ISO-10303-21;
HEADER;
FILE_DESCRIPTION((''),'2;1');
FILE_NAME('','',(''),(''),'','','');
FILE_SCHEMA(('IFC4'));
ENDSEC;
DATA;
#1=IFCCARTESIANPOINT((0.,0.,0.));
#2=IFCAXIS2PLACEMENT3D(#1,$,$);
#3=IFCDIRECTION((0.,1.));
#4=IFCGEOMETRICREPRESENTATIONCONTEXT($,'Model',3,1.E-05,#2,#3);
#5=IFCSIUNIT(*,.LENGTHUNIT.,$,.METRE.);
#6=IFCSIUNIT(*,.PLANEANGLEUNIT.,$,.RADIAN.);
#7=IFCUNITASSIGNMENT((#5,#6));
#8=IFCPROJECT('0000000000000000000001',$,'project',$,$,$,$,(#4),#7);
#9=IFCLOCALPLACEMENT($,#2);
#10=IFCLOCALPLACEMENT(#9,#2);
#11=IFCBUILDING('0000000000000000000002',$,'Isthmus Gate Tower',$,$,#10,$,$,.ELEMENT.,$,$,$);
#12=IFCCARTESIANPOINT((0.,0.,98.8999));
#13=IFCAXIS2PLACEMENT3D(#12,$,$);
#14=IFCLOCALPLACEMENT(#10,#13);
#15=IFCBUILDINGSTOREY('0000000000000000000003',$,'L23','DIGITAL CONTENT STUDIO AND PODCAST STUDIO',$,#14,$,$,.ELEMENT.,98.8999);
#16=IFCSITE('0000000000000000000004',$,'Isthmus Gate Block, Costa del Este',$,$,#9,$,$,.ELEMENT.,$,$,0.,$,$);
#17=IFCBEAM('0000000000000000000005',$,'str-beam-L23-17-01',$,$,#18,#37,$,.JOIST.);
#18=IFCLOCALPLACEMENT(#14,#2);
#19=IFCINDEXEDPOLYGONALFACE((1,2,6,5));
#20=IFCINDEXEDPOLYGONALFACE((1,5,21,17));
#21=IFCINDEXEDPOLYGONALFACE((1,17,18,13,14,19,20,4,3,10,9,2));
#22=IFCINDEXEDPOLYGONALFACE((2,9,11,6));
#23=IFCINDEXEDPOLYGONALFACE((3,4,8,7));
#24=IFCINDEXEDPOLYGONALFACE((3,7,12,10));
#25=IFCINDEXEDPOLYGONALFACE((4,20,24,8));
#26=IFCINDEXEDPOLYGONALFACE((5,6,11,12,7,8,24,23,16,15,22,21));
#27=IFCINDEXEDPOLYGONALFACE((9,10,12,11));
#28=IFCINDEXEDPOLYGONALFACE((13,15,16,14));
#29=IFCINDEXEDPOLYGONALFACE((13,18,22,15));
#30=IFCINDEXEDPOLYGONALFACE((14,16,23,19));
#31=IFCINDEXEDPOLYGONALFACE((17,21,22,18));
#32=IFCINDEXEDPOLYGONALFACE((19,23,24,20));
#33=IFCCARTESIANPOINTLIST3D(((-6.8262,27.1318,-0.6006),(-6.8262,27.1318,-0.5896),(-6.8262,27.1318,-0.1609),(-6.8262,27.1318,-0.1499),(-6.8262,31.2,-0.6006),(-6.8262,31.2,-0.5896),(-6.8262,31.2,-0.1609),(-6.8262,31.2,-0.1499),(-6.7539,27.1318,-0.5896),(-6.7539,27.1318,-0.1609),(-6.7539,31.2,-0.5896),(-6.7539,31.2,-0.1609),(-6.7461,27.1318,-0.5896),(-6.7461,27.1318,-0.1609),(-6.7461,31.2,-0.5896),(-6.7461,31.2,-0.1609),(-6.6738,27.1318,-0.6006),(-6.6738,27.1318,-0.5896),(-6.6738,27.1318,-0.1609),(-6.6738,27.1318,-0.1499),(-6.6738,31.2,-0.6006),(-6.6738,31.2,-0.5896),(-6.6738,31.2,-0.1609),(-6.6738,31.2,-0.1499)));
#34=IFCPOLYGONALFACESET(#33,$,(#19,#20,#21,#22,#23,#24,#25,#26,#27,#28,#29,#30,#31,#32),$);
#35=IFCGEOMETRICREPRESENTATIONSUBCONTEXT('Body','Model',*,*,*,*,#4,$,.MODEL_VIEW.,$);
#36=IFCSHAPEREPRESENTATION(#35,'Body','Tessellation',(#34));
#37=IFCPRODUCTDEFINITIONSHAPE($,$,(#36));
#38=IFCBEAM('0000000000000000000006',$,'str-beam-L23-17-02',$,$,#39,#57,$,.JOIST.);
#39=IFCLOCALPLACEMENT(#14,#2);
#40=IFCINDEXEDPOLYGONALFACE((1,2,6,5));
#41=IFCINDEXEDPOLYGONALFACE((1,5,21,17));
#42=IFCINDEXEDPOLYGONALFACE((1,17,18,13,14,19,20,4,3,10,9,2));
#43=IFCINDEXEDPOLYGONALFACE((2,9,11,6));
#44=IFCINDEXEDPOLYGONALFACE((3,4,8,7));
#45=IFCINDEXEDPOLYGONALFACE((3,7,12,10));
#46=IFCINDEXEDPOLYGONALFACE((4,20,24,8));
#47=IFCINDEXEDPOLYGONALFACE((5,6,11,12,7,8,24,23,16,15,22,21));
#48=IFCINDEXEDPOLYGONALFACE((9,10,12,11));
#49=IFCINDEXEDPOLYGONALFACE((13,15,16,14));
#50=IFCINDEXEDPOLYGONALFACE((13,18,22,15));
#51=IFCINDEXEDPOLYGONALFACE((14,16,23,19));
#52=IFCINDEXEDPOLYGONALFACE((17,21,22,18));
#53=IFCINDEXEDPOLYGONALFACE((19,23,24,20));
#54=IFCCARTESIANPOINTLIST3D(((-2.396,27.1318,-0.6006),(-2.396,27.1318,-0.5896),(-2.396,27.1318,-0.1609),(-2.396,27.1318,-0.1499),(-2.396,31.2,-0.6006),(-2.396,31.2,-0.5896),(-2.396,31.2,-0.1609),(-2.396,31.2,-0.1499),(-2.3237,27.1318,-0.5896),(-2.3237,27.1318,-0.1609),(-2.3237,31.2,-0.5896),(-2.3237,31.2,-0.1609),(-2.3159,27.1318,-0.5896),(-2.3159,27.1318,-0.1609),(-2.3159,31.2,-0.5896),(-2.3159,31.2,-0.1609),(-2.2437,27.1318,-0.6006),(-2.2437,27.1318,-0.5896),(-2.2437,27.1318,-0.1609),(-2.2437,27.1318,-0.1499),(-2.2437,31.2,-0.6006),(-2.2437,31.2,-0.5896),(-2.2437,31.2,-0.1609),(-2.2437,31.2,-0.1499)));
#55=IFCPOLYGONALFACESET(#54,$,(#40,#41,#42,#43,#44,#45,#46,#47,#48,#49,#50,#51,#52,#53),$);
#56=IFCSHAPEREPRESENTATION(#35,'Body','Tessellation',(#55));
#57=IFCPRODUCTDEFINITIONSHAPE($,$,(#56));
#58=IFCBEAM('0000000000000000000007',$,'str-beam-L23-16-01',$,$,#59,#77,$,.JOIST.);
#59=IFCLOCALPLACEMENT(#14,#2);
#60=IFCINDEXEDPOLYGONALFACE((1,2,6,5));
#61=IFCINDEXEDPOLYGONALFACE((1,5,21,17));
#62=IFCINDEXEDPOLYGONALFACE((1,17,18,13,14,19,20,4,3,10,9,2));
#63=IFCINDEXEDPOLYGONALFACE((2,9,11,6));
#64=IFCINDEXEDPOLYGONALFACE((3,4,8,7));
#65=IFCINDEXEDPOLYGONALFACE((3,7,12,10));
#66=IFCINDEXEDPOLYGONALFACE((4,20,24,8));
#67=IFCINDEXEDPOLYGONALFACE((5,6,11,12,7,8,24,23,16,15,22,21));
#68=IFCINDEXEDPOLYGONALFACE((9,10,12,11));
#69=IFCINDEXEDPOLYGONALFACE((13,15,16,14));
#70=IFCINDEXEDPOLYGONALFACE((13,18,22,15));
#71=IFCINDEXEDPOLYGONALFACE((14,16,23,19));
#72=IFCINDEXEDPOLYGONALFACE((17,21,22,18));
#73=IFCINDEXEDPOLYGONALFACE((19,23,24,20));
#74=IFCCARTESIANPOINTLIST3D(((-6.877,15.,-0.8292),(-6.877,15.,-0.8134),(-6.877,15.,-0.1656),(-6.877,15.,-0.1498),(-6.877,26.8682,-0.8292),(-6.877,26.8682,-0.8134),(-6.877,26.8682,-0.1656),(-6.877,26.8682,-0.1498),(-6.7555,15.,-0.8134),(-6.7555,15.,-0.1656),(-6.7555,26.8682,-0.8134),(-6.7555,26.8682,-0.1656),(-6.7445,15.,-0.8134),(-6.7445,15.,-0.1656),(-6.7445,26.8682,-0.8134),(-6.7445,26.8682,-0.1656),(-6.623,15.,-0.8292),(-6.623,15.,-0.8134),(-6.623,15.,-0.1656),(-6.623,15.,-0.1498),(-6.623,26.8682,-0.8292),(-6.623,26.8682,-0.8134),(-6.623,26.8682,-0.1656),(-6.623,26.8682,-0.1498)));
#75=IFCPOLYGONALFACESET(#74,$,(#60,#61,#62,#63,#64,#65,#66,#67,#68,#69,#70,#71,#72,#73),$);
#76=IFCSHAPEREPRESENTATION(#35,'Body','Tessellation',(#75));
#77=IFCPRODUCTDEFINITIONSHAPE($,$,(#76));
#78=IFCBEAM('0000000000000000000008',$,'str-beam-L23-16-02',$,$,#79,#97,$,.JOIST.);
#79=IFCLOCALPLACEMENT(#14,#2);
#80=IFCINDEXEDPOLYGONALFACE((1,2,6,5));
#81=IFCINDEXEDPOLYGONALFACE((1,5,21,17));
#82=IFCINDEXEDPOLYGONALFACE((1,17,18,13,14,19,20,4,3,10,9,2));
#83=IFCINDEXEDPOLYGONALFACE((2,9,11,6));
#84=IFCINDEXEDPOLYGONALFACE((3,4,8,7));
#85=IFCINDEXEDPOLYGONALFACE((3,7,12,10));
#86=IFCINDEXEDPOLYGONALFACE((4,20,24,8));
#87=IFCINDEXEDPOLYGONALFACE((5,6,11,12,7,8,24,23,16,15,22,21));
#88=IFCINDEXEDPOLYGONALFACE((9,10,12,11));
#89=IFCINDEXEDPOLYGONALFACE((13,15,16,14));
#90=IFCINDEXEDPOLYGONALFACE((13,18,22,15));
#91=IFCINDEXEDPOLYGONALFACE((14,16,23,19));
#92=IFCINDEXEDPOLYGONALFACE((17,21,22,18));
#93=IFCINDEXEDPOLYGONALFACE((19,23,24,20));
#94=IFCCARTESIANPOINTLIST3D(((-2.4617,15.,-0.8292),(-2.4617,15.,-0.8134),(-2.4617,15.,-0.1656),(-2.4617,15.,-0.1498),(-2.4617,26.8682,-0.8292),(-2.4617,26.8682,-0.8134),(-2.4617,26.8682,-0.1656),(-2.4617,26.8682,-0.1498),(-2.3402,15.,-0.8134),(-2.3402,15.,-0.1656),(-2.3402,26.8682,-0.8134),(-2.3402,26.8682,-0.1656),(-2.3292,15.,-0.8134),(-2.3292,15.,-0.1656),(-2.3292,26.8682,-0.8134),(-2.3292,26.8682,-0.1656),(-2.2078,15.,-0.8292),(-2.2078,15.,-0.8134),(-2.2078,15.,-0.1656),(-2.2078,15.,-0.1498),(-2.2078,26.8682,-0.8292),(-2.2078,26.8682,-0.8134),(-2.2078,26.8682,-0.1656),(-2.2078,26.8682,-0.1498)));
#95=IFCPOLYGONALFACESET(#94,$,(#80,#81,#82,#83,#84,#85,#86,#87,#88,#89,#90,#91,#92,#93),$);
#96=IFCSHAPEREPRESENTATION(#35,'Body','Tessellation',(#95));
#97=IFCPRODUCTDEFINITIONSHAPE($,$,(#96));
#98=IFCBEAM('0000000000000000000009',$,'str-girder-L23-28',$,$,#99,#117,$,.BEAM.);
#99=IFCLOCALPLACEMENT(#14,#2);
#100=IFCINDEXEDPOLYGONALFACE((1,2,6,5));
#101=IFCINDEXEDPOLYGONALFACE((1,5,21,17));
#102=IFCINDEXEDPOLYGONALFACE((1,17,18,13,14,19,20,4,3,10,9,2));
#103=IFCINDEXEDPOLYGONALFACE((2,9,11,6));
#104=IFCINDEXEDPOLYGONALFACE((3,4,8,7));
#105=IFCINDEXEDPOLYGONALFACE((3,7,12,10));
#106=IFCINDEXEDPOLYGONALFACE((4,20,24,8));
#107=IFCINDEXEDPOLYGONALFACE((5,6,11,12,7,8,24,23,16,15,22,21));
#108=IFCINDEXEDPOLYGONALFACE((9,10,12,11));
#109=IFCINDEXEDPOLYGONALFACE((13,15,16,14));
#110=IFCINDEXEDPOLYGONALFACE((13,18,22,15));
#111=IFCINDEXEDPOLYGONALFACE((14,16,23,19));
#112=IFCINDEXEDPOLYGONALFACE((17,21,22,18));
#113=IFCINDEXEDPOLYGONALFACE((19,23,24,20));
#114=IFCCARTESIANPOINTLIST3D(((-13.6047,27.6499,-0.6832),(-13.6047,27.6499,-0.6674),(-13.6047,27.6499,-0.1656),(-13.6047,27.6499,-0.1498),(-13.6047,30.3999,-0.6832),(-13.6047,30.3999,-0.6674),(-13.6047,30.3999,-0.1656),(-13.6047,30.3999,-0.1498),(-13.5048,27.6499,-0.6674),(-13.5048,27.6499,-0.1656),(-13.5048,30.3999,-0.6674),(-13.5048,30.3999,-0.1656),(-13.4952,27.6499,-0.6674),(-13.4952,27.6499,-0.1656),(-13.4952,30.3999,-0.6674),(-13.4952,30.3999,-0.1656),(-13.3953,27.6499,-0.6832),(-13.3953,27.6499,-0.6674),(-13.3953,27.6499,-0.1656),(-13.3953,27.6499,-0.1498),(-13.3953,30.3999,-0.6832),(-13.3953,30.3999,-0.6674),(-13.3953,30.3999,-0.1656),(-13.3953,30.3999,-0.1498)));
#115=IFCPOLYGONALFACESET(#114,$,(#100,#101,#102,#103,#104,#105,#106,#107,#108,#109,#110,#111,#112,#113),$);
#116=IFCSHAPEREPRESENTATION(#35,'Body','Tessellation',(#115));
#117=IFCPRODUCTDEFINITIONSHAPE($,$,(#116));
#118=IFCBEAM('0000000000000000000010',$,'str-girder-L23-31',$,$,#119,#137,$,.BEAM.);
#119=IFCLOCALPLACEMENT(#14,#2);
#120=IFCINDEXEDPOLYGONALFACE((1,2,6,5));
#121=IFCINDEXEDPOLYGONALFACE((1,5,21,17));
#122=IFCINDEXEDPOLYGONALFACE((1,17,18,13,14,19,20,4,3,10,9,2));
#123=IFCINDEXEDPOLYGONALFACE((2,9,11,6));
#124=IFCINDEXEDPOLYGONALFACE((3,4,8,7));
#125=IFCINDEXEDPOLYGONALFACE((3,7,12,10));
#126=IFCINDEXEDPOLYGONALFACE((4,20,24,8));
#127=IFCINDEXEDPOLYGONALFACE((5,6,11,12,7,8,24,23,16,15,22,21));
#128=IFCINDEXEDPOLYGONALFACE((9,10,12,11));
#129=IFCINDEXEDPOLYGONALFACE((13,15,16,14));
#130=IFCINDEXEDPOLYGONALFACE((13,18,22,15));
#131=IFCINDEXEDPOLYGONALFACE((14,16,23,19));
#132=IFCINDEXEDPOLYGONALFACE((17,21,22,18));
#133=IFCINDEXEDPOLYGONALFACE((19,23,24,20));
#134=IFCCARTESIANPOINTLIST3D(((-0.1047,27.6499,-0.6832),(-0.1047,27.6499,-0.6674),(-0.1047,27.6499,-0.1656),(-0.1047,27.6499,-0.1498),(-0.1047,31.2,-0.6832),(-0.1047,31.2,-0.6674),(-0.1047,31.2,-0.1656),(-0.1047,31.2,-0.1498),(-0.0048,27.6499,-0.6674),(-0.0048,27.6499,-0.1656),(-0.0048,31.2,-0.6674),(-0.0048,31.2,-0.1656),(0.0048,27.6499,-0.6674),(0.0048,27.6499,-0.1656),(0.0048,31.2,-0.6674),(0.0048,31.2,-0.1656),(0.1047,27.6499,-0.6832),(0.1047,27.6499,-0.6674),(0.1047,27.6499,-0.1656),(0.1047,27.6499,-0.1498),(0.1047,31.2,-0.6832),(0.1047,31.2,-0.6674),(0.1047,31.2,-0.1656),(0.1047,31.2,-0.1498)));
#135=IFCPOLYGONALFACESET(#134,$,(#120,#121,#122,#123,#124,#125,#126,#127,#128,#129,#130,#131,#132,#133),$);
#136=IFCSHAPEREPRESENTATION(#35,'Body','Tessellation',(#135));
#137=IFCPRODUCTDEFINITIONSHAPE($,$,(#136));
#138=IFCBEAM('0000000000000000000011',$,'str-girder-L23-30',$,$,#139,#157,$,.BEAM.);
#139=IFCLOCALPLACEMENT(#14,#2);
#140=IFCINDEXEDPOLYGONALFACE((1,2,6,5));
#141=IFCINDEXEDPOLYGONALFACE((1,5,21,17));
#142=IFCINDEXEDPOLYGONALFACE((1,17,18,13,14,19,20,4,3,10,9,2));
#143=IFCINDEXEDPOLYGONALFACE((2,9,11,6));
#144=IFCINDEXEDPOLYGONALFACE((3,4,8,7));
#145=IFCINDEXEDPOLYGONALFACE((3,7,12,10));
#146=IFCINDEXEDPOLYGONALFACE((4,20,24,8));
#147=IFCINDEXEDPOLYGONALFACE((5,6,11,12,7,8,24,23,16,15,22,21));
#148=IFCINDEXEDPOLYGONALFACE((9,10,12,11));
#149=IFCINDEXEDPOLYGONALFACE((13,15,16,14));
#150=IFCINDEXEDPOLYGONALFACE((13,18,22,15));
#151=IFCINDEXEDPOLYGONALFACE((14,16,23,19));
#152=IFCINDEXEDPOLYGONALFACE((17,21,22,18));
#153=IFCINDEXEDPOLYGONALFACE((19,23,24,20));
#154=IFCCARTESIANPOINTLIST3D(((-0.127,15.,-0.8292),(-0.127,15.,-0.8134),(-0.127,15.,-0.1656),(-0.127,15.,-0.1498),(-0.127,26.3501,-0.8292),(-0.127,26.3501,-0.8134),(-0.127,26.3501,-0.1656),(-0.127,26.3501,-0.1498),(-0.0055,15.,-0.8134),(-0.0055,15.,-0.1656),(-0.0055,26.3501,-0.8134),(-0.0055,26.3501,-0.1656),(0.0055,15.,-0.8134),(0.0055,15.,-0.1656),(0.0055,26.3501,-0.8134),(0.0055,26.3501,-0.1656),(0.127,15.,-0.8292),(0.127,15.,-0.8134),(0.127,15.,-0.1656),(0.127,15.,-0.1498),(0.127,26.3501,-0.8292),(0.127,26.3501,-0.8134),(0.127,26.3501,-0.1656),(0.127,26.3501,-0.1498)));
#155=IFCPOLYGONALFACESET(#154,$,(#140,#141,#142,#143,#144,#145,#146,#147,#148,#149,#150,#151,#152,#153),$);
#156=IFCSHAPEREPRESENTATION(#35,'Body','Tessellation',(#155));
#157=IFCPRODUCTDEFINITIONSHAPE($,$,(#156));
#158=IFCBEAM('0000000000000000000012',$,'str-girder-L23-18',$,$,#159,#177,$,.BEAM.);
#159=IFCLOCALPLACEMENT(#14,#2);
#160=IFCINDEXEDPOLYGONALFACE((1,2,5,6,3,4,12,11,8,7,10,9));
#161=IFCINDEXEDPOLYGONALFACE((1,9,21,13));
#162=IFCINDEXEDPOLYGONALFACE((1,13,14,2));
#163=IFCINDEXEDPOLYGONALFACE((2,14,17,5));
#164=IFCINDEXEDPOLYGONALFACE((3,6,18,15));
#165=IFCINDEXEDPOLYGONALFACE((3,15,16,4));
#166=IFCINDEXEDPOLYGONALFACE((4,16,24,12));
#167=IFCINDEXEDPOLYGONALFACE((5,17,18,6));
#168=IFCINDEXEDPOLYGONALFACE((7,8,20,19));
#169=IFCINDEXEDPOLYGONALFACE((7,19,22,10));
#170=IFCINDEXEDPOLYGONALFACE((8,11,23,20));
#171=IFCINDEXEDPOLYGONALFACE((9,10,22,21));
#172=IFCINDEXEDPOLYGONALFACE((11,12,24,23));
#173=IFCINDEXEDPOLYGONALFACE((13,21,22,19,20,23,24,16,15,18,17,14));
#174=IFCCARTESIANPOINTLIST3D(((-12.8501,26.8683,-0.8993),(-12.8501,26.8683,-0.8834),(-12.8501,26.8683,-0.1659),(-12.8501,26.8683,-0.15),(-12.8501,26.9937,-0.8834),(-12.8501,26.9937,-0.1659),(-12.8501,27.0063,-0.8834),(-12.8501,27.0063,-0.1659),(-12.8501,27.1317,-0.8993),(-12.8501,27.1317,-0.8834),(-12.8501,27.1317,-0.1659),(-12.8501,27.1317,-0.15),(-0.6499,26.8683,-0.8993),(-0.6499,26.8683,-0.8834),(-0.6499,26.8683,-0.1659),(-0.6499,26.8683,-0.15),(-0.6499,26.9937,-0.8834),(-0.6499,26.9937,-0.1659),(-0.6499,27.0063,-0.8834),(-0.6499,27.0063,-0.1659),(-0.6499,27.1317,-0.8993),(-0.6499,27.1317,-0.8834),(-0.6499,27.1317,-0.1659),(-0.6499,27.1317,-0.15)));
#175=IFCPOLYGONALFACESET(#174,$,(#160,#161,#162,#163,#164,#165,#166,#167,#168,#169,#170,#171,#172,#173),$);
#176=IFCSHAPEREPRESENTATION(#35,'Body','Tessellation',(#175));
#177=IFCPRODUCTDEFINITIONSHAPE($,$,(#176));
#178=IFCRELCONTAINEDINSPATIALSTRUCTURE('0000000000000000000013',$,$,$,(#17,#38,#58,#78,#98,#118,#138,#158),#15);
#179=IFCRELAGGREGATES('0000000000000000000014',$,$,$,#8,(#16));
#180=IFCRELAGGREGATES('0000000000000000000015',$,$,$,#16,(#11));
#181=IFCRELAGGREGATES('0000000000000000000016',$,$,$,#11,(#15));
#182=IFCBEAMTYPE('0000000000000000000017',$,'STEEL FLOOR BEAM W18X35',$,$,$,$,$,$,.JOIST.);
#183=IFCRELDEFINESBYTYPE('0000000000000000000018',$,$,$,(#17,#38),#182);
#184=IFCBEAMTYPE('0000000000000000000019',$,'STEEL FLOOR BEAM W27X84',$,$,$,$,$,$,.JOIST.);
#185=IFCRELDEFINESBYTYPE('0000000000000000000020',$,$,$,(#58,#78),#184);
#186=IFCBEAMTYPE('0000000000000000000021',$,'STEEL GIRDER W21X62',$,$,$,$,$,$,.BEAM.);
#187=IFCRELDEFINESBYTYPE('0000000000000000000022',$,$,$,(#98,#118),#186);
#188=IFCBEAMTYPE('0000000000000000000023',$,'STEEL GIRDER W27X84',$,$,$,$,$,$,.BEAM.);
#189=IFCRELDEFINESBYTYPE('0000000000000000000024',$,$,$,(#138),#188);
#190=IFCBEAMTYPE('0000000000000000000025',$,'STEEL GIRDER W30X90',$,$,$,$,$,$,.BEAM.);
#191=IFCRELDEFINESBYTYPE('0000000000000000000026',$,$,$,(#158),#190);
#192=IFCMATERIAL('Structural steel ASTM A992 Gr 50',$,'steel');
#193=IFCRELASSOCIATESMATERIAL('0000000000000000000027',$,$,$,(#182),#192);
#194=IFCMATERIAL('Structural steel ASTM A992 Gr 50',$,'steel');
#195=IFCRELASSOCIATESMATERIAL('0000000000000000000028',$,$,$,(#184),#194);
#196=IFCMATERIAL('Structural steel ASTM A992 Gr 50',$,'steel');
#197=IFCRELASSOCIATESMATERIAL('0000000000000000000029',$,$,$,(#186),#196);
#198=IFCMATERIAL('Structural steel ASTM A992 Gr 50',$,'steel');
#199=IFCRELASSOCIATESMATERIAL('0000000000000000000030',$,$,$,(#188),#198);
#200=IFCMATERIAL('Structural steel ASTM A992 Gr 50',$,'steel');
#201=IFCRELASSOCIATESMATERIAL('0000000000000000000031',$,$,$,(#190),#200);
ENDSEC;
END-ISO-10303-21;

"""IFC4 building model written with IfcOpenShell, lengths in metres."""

from ifc_helpers import new_model, si_unit, direction, frame, origin, origin_2d, place, context, subcontext, project, spatial, i_section, extrude, material, material_profile, profile_set, type_object, element, save


model = new_model("IFC4")

# Units and contexts
model_context = context("Model", 3, precision=1e-05, world=origin(), true_north=direction((0.0, 1.0)))
body_context = subcontext(model_context, "Body", "Model", "MODEL_VIEW")
ifc_project = project(units=[si_unit("LENGTHUNIT", "METRE"), si_unit("PLANEANGLEUNIT", "RADIAN")], contexts=[model_context])

# Site, building, storey
site_placement = place(None, origin())
site = spatial("IfcSite", under=ifc_project, at=site_placement, Name="Isthmus Gate Block, Costa del Este", CompositionType="ELEMENT", RefElevation=0.0)
building_placement = place(site_placement, origin())
building = spatial("IfcBuilding", under=site, at=building_placement, Name="Isthmus Gate Tower", CompositionType="ELEMENT")
storey_placement = place(building_placement, frame((0.0, 0.0, 98.8999)))
storey = spatial("IfcBuildingStorey", under=building, at=storey_placement, Name="L23", Description="DIGITAL CONTENT STUDIO AND PODCAST STUDIO", CompositionType="ELEMENT", Elevation=98.8999)

# Beams
ifc_material_1 = material(Name="Structural steel ASTM A992 Gr 50", Category="steel")
ifc_material_profile_1 = material_profile(ifc_material_1, i_section(OverallWidth=0.1523, OverallDepth=0.4507, WebThickness=0.0078, FlangeThickness=0.011, at=origin_2d()), Name="W18X35")
ifc_profile_set_1 = profile_set([ifc_material_profile_1], Name="Structural steel ASTM A992 Gr 50")
beam_type_1 = type_object("IfcBeamType", Name="STEEL FLOOR BEAM W18X35", PredefinedType="JOIST", material=ifc_profile_set_1)
for number, where, z_axis, x_axis, name in (
    (1, (-6.75, 27.1318, -0.3752), (0.0, 1.0, 0.0), (-1.0, 0.0, 0.0), "str-beam-L23-17-01"),
    (2, (-2.3198, 27.1318, -0.3752), (0.0, 1.0, 0.0), (-1.0, 0.0, 0.0), "str-beam-L23-17-02"),
):
    element("IfcBeam", number, at=place(storey_placement, frame(where, z_axis=z_axis, x_axis=x_axis)), inside=storey, type_object=beam_type_1, Name=name, PredefinedType="JOIST", context=body_context, shape_type="SweptSolid", body=[
        extrude(i_section(OverallWidth=0.1523, OverallDepth=0.4507, WebThickness=0.0078, FlangeThickness=0.011, at=origin_2d()), origin(), (0.0, 0.0, 1.0), 4.0681),
    ])
ifc_material_2 = material(Name="Structural steel ASTM A992 Gr 50", Category="steel")
ifc_material_profile_2 = material_profile(ifc_material_2, i_section(OverallWidth=0.2539, OverallDepth=0.6794, WebThickness=0.011, FlangeThickness=0.0159, at=origin_2d()), Name="W27X84")
ifc_profile_set_2 = profile_set([ifc_material_profile_2], Name="Structural steel ASTM A992 Gr 50")
beam_type_2 = type_object("IfcBeamType", Name="STEEL FLOOR BEAM W27X84", PredefinedType="JOIST", material=ifc_profile_set_2)
for number, where, z_axis, x_axis, name in (
    (3, (-6.75, 15.0, -0.4895), (0.0, 1.0, 0.0), (-1.0, 0.0, 0.0), "str-beam-L23-16-01"),
    (4, (-2.3347, 15.0, -0.4895), (0.0, 1.0, 0.0), (-1.0, 0.0, 0.0), "str-beam-L23-16-02"),
):
    element("IfcBeam", number, at=place(storey_placement, frame(where, z_axis=z_axis, x_axis=x_axis)), inside=storey, type_object=beam_type_2, Name=name, PredefinedType="JOIST", context=body_context, shape_type="SweptSolid", body=[
        extrude(i_section(OverallWidth=0.2539, OverallDepth=0.6794, WebThickness=0.011, FlangeThickness=0.0159, at=origin_2d()), origin(), (0.0, 0.0, 1.0), 11.8682),
    ])
ifc_material_3 = material(Name="Structural steel ASTM A992 Gr 50", Category="steel")
ifc_material_profile_3 = material_profile(ifc_material_3, i_section(OverallWidth=0.2095, OverallDepth=0.5334, WebThickness=0.0095, FlangeThickness=0.0159, at=origin_2d()), Name="W21X62")
ifc_profile_set_3 = profile_set([ifc_material_profile_3], Name="Structural steel ASTM A992 Gr 50")
beam_type_3 = type_object("IfcBeamType", Name="STEEL GIRDER W21X62", PredefinedType="BEAM", material=ifc_profile_set_3)
beam_1_placement = place(storey_placement, frame((-13.5, 27.6499, -0.4165), z_axis=(0.0, 1.0, 0.0), x_axis=(-1.0, 0.0, 0.0)))
element("IfcBeam", 5, at=beam_1_placement, inside=storey, type_object=beam_type_3, Name="str-girder-L23-28", PredefinedType="BEAM", context=body_context, shape_type="SweptSolid", body=[
    extrude(i_section(OverallWidth=0.2095, OverallDepth=0.5334, WebThickness=0.0095, FlangeThickness=0.0159, at=origin_2d()), origin(), (0.0, 0.0, 1.0), 2.75),
])
beam_2_placement = place(storey_placement, frame((0.0, 27.6499, -0.4165), z_axis=(0.0, 1.0, 0.0), x_axis=(-1.0, 0.0, 0.0)))
element("IfcBeam", 6, at=beam_2_placement, inside=storey, type_object=beam_type_3, Name="str-girder-L23-31", PredefinedType="BEAM", context=body_context, shape_type="SweptSolid", body=[
    extrude(i_section(OverallWidth=0.2095, OverallDepth=0.5334, WebThickness=0.0095, FlangeThickness=0.0159, at=origin_2d()), origin(), (0.0, 0.0, 1.0), 3.55),
])
ifc_material_4 = material(Name="Structural steel ASTM A992 Gr 50", Category="steel")
ifc_material_profile_4 = material_profile(ifc_material_4, i_section(OverallWidth=0.2539, OverallDepth=0.6794, WebThickness=0.011, FlangeThickness=0.0159, at=origin_2d()), Name="W27X84")
ifc_profile_set_4 = profile_set([ifc_material_profile_4], Name="Structural steel ASTM A992 Gr 50")
beam_type_4 = type_object("IfcBeamType", Name="STEEL GIRDER W27X84", PredefinedType="BEAM", material=ifc_profile_set_4)
beam_3_placement = place(storey_placement, frame((0.0, 15.0, -0.4895), z_axis=(0.0, 1.0, 0.0), x_axis=(-1.0, 0.0, 0.0)))
element("IfcBeam", 7, at=beam_3_placement, inside=storey, type_object=beam_type_4, Name="str-girder-L23-30", PredefinedType="BEAM", context=body_context, shape_type="SweptSolid", body=[
    extrude(i_section(OverallWidth=0.2539, OverallDepth=0.6794, WebThickness=0.011, FlangeThickness=0.0159, at=origin_2d()), origin(), (0.0, 0.0, 1.0), 11.3501),
])
ifc_material_5 = material(Name="Structural steel ASTM A992 Gr 50", Category="steel")
ifc_material_profile_5 = material_profile(ifc_material_5, i_section(OverallWidth=0.2634, OverallDepth=0.7493, WebThickness=0.0127, FlangeThickness=0.0159, at=origin_2d()), Name="W30X90")
ifc_profile_set_5 = profile_set([ifc_material_profile_5], Name="Structural steel ASTM A992 Gr 50")
beam_type_5 = type_object("IfcBeamType", Name="STEEL GIRDER W30X90", PredefinedType="BEAM", material=ifc_profile_set_5)
beam_4_placement = place(storey_placement, frame((-12.8501, 27.0, -0.5247), z_axis=(1.0, 0.0, 0.0), x_axis=(0.0, 1.0, 0.0)))
element("IfcBeam", 8, at=beam_4_placement, inside=storey, type_object=beam_type_5, Name="str-girder-L23-18", PredefinedType="BEAM", context=body_context, shape_type="SweptSolid", body=[
    extrude(i_section(OverallWidth=0.2634, OverallDepth=0.7493, WebThickness=0.0127, FlangeThickness=0.0159, at=origin_2d()), origin(), (0.0, 0.0, 1.0), 12.2002),
])

save(model, "model.ifc")
